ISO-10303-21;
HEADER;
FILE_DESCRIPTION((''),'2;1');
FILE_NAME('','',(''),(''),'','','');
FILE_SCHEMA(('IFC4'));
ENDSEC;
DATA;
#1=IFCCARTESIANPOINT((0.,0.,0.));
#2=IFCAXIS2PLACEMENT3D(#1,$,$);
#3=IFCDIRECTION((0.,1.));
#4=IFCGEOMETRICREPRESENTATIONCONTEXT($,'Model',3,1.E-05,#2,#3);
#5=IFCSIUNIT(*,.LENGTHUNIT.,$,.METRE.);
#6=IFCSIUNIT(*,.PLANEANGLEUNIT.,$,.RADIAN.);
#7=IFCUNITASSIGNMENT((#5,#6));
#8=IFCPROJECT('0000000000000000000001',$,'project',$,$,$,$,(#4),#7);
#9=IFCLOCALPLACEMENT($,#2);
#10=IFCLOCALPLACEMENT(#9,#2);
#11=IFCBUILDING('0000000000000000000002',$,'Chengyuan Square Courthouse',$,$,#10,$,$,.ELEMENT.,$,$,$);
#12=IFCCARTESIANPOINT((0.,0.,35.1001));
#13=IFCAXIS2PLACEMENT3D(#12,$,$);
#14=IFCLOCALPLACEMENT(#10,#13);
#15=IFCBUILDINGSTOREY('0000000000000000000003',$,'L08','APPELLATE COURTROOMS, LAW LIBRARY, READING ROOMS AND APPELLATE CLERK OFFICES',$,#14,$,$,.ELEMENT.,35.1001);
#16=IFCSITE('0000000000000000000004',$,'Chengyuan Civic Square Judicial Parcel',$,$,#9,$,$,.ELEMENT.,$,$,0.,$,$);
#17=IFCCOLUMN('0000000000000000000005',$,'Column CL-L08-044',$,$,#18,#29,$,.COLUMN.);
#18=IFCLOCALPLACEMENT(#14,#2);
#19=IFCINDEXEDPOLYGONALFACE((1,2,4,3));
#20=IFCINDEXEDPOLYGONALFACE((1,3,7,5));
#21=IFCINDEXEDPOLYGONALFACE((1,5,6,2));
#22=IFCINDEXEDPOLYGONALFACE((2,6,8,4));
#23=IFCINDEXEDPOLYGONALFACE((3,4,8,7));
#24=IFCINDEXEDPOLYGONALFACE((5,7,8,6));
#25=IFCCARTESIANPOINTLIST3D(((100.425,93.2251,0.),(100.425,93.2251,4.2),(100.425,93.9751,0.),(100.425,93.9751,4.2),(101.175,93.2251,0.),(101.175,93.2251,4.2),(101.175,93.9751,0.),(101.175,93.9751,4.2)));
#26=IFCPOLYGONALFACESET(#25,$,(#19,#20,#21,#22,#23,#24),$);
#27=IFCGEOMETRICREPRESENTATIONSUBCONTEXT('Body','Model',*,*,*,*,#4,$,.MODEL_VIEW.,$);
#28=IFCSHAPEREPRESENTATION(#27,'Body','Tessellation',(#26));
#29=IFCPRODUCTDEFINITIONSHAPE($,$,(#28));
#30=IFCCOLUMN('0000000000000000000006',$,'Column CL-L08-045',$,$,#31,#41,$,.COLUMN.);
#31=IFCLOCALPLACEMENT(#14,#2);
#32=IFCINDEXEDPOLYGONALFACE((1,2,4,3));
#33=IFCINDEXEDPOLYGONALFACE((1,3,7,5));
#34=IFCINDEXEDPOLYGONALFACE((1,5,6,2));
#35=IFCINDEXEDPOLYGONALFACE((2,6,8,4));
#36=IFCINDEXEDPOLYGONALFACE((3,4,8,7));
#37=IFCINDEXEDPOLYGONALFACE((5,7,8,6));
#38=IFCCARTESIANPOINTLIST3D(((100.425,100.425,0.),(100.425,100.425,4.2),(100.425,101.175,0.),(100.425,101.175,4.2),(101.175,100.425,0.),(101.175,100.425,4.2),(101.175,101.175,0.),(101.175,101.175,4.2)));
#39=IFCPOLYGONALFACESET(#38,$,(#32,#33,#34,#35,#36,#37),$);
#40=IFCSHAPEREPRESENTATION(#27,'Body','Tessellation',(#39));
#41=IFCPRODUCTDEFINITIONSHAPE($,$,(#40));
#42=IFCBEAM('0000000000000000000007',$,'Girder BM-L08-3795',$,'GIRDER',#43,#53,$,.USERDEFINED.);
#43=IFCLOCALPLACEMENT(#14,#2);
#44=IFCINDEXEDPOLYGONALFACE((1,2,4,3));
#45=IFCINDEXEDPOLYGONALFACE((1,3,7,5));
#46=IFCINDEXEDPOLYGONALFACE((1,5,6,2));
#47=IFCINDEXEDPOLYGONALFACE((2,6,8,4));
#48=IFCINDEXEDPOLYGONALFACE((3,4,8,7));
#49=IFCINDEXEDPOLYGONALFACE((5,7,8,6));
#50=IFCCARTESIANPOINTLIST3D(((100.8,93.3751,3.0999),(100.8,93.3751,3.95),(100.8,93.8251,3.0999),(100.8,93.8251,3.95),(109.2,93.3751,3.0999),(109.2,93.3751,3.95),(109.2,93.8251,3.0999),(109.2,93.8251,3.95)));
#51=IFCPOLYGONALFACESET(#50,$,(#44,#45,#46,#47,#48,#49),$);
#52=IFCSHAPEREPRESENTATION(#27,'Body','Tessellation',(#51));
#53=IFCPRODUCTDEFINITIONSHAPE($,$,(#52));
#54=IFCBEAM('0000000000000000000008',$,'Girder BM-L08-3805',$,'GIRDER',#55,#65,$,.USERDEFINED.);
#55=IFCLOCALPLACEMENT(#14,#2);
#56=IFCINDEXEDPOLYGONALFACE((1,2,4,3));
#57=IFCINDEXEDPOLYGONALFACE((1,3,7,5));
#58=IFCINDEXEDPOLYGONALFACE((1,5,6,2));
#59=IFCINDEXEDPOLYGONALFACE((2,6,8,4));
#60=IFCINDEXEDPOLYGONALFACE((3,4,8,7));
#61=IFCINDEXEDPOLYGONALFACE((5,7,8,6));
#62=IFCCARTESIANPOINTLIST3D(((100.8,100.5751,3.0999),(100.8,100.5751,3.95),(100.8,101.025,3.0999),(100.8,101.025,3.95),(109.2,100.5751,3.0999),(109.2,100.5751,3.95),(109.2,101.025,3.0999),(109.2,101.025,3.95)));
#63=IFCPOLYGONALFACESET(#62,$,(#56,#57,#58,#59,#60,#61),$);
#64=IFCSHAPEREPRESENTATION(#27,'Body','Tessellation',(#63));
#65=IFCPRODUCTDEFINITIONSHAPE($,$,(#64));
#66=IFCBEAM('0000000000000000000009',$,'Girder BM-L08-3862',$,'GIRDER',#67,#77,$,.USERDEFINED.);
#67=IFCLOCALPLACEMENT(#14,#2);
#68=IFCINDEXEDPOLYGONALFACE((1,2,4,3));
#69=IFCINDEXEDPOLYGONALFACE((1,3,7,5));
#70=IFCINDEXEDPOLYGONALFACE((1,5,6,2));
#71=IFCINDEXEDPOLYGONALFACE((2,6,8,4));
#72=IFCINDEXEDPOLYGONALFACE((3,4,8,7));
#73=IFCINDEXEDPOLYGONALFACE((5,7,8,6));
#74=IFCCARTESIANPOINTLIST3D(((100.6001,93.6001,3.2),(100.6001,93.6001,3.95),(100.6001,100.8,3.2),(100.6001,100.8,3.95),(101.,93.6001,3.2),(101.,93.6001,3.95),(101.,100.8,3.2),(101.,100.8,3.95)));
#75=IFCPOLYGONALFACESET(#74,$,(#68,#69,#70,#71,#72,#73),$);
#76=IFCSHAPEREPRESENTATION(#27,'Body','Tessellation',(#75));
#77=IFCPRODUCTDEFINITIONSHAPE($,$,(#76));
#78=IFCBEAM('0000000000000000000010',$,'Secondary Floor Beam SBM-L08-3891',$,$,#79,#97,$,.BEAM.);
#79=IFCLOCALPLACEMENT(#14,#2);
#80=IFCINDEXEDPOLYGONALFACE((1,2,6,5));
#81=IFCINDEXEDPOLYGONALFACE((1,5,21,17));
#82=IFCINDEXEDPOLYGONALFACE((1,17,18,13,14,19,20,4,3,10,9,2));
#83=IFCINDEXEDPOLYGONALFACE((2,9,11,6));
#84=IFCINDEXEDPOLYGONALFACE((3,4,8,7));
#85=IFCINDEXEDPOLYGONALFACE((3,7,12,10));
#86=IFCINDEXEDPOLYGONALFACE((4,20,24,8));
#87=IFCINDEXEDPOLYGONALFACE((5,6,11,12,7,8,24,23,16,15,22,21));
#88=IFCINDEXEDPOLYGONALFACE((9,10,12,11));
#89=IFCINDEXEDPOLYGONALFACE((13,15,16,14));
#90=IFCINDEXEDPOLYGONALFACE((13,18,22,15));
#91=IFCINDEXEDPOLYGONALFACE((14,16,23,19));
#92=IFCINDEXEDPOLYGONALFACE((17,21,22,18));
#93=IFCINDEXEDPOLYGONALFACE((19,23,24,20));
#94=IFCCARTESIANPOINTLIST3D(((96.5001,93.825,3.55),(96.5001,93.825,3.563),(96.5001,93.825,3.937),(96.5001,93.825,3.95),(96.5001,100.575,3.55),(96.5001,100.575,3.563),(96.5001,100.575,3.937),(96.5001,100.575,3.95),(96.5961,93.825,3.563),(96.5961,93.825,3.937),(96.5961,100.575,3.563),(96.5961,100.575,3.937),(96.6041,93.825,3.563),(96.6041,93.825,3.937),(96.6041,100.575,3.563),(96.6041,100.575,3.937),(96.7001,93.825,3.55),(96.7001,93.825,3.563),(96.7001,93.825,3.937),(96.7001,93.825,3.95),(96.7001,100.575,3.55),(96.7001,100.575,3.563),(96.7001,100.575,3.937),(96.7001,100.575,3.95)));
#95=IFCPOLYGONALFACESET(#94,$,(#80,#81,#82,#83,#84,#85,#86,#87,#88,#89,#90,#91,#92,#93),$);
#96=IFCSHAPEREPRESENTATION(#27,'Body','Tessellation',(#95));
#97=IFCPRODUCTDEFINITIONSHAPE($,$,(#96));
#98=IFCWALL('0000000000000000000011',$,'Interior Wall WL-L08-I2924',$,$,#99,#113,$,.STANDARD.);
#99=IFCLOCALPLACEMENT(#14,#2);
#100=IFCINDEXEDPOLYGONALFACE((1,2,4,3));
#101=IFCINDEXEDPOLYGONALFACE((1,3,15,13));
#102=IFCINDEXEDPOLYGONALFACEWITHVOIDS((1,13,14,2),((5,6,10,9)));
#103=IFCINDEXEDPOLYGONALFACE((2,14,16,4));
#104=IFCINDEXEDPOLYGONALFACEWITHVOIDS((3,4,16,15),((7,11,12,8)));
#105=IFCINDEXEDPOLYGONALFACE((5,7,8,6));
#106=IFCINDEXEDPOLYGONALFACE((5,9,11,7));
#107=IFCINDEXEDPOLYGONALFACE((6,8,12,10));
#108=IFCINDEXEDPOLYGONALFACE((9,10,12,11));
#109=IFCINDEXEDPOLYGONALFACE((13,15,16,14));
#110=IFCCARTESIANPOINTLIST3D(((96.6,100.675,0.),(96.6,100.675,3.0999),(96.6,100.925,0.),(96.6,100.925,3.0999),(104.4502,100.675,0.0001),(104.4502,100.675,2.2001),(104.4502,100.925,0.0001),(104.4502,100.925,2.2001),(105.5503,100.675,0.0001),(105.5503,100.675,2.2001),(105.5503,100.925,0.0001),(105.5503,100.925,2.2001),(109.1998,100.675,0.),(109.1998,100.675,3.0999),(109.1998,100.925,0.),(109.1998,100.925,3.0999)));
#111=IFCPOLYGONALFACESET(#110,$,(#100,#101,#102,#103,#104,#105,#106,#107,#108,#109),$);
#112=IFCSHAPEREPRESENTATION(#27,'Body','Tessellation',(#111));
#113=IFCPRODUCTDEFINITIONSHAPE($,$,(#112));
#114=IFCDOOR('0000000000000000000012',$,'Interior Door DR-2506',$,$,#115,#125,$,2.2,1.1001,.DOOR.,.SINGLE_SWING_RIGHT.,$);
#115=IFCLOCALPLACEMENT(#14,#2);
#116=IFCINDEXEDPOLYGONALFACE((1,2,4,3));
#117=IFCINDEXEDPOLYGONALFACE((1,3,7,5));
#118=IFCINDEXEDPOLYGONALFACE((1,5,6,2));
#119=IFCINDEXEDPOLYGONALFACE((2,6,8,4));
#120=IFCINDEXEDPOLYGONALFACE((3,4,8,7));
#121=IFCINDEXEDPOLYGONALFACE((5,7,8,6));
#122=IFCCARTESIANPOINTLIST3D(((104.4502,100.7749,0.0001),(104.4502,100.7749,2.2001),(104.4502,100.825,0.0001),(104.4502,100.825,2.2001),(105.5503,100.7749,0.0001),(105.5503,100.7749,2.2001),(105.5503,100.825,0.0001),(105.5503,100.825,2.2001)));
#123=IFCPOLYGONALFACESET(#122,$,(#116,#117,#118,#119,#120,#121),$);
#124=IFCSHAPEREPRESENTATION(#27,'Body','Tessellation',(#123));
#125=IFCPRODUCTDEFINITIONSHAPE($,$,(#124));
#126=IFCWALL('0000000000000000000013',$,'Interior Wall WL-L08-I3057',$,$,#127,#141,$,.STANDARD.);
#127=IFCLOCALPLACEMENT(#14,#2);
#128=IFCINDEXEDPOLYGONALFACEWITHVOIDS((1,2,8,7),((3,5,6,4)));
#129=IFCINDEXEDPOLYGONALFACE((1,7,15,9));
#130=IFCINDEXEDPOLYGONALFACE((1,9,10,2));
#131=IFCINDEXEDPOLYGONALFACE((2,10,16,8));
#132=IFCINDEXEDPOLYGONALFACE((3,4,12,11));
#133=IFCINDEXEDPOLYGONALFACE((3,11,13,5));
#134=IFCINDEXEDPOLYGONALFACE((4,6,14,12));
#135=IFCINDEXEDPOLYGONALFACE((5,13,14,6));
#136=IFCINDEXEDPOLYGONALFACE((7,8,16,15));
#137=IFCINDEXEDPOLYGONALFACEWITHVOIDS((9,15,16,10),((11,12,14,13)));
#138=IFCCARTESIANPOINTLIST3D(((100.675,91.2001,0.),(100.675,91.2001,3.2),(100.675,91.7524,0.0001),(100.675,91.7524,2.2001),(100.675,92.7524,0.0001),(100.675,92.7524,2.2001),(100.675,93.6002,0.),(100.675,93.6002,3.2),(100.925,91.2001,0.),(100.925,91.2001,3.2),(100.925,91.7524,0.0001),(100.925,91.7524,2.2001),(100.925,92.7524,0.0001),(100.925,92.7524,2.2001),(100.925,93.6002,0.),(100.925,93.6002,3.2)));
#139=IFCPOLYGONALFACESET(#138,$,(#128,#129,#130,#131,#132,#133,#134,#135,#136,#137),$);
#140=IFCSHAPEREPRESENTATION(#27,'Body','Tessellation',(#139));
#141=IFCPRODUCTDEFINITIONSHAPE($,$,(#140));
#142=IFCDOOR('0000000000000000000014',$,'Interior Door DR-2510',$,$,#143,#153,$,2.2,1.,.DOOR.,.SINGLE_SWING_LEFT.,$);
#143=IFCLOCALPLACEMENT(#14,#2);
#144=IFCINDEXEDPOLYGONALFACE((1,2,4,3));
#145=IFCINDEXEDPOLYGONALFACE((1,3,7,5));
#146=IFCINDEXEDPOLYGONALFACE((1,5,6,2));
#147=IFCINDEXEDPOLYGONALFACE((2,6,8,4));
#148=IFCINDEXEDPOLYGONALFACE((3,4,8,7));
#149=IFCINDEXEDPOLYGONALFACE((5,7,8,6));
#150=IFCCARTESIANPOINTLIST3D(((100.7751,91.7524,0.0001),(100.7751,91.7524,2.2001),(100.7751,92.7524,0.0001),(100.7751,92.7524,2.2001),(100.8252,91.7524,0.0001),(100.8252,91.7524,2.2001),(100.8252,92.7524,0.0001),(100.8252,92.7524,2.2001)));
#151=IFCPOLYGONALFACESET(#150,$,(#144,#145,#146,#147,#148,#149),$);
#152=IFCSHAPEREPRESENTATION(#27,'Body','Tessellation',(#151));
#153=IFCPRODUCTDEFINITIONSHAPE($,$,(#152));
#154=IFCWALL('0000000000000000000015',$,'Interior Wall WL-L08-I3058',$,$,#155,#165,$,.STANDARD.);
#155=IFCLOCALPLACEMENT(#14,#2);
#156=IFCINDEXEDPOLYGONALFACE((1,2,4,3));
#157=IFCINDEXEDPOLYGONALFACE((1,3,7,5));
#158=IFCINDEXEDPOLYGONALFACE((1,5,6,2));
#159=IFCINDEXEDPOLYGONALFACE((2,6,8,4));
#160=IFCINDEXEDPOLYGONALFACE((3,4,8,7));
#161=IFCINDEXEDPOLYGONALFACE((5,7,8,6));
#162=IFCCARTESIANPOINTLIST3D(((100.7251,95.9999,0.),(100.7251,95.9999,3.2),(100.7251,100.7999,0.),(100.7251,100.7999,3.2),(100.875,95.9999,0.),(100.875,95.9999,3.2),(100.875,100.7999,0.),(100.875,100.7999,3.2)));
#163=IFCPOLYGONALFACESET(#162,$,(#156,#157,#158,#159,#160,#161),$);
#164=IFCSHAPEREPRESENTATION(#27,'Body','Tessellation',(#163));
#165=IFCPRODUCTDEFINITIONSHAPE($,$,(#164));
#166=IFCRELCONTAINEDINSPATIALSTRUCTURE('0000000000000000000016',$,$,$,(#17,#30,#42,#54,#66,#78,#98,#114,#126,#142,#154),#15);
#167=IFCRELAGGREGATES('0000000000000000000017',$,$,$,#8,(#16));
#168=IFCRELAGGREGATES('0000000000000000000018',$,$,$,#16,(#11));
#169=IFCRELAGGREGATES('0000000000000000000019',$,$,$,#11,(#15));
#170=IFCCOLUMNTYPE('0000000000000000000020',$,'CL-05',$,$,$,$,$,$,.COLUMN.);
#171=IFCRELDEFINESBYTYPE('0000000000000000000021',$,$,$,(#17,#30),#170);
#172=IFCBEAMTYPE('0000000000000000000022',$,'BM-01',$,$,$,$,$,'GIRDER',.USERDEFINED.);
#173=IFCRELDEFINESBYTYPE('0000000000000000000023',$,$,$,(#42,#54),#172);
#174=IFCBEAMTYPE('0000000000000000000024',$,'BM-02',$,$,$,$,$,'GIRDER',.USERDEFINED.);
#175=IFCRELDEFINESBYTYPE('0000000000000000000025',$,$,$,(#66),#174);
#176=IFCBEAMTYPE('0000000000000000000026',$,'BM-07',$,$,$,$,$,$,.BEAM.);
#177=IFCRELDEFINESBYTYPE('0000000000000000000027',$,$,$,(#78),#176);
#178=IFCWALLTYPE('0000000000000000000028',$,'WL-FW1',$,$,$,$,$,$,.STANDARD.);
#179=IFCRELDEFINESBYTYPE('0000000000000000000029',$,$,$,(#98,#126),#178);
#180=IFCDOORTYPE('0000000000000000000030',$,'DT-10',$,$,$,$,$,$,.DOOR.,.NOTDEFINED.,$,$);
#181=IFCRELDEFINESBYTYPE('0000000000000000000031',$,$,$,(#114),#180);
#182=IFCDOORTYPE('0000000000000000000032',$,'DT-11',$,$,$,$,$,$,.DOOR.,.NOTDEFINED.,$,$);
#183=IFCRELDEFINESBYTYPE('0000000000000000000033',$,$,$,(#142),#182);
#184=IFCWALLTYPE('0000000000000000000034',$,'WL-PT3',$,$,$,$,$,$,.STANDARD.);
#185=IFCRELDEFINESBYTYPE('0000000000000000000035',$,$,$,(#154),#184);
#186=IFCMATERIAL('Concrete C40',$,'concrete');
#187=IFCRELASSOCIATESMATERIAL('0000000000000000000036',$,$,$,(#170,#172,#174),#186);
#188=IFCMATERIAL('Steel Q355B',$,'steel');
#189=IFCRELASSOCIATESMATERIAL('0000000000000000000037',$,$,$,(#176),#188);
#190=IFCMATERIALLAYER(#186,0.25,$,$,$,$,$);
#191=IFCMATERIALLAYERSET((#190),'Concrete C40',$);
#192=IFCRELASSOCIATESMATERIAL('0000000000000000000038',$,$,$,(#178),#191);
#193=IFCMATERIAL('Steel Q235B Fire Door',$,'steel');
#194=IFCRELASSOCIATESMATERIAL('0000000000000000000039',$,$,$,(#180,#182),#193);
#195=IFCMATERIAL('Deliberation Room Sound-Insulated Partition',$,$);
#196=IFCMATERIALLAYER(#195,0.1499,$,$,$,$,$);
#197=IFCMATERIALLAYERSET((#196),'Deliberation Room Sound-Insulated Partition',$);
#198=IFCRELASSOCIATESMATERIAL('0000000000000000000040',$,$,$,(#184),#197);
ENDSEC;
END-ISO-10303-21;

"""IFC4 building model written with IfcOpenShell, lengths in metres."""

from ifc_helpers import new_model, si_unit, direction, frame, frame_2d, origin, origin_2d, place, context, subcontext, project, spatial, rectangle, i_section, extrude, material, layer, layer_set, material_profile, profile_set, type_object, element, fill, save


model = new_model("IFC4")

# Units and contexts
model_context = context("Model", 3, precision=1e-05, world=origin(), true_north=direction((0.0, 1.0)))
body_context = subcontext(model_context, "Body", "Model", "MODEL_VIEW")
ifc_project = project(units=[si_unit("LENGTHUNIT", "METRE"), si_unit("PLANEANGLEUNIT", "RADIAN")], contexts=[model_context])

# Site, building, storey
site_placement = place(None, origin())
site = spatial("IfcSite", under=ifc_project, at=site_placement, Name="Chengyuan Civic Square Judicial Parcel", CompositionType="ELEMENT", RefElevation=0.0)
building_placement = place(site_placement, origin())
building = spatial("IfcBuilding", under=site, at=building_placement, Name="Chengyuan Square Courthouse", CompositionType="ELEMENT")
storey_placement = place(building_placement, frame((0.0, 0.0, 35.1001)))
storey = spatial("IfcBuildingStorey", under=building, at=storey_placement, Name="L08", Description="APPELLATE COURTROOMS, LAW LIBRARY, READING ROOMS AND APPELLATE CLERK OFFICES", CompositionType="ELEMENT", Elevation=35.1001)

# Columns
ifc_material_1 = material(Name="Concrete C40", Category="concrete")
ifc_material_profile_1 = material_profile(ifc_material_1, rectangle(XDim=0.75, YDim=0.75, at=origin_2d()), Name="RC-COL-750x750")
ifc_profile_set_1 = profile_set([ifc_material_profile_1], Name="Concrete C40")
column_type = type_object("IfcColumnType", Name="CL-05", PredefinedType="COLUMN", material=ifc_profile_set_1)
for number, where, z_axis, x_axis, name in (
    (1, (100.8, 93.6001, 0.0), (0.0, 0.0, 1.0), (1.0, 0.0, 0.0), "Column CL-L08-044"),
    (2, (100.8, 100.8, 0.0), (0.0, 0.0, 1.0), (1.0, 0.0, 0.0), "Column CL-L08-045"),
):
    element("IfcColumn", number, at=place(storey_placement, frame(where, z_axis=z_axis, x_axis=x_axis)), inside=storey, type_object=column_type, Name=name, PredefinedType="COLUMN", context=body_context, shape_type="SweptSolid", body=[
        extrude(rectangle(XDim=0.75, YDim=0.75, at=origin_2d()), origin(), (0.0, 0.0, 1.0), 4.2),
    ])

# Beams
ifc_material_profile_2 = material_profile(ifc_material_1, rectangle(XDim=0.45, YDim=0.8501, at=origin_2d()), Name="RC-BM-450x850")
ifc_profile_set_2 = profile_set([ifc_material_profile_2], Name="Concrete C40")
beam_type_1 = type_object("IfcBeamType", Name="BM-01", ElementType="GIRDER", PredefinedType="USERDEFINED", material=ifc_profile_set_2)
for number, where, z_axis, x_axis, name in (
    (3, (100.8, 93.6001, 3.5249), (1.0, 0.0, 0.0), (0.0, 1.0, 0.0), "Girder BM-L08-3795"),
    (4, (100.8, 100.8, 3.5249), (1.0, 0.0, 0.0), (0.0, 1.0, 0.0), "Girder BM-L08-3805"),
):
    element("IfcBeam", number, at=place(storey_placement, frame(where, z_axis=z_axis, x_axis=x_axis)), inside=storey, type_object=beam_type_1, Name=name, ObjectType="GIRDER", PredefinedType="USERDEFINED", context=body_context, shape_type="SweptSolid", body=[
        extrude(rectangle(XDim=0.45, YDim=0.8501, at=origin_2d()), origin(), (0.0, 0.0, 1.0), 8.3999),
    ])
ifc_material_profile_3 = material_profile(ifc_material_1, rectangle(XDim=0.3999, YDim=0.75, at=origin_2d()), Name="RC-BM-400x750")
ifc_profile_set_3 = profile_set([ifc_material_profile_3], Name="Concrete C40")
beam_type_2 = type_object("IfcBeamType", Name="BM-02", ElementType="GIRDER", PredefinedType="USERDEFINED", material=ifc_profile_set_3)
beam_1_placement = place(storey_placement, frame((100.8, 93.6001, 3.575), z_axis=(0.0, 1.0, 0.0), x_axis=(-1.0, 0.0, 0.0)))
element("IfcBeam", 5, at=beam_1_placement, inside=storey, type_object=beam_type_2, Name="Girder BM-L08-3862", ObjectType="GIRDER", PredefinedType="USERDEFINED", context=body_context, shape_type="SweptSolid", body=[
    extrude(rectangle(XDim=0.3999, YDim=0.75, at=origin_2d()), origin(), (0.0, 0.0, 1.0), 7.2),
])
ifc_material_2 = material(Name="Steel Q355B", Category="steel")
ifc_material_profile_4 = material_profile(ifc_material_2, i_section(OverallWidth=0.2, OverallDepth=0.3999, WebThickness=0.0081, FlangeThickness=0.0129, at=origin_2d()), Name="HN 400x200x8x13")
ifc_profile_set_4 = profile_set([ifc_material_profile_4], Name="Steel Q355B")
beam_type_3 = type_object("IfcBeamType", Name="BM-07", PredefinedType="BEAM", material=ifc_profile_set_4)
beam_2_placement = place(storey_placement, frame((96.6001, 93.825, 3.75), z_axis=(0.0, 1.0, 0.0), x_axis=(-1.0, 0.0, 0.0)))
element("IfcBeam", 6, at=beam_2_placement, inside=storey, type_object=beam_type_3, Name="Secondary Floor Beam SBM-L08-3891", PredefinedType="BEAM", context=body_context, shape_type="SweptSolid", body=[
    extrude(i_section(OverallWidth=0.2, OverallDepth=0.3999, WebThickness=0.0081, FlangeThickness=0.0129, at=origin_2d()), origin(), (0.0, 0.0, 1.0), 6.75),
])

# Walls, openings, doors
ifc_layer_1 = layer(ifc_material_1, 0.25)
ifc_layer_set_1 = layer_set([ifc_layer_1], Name="Concrete C40")
wall_type_1 = type_object("IfcWallType", Name="WL-FW1", PredefinedType="STANDARD", material=ifc_layer_set_1)
wall_1_placement = place(storey_placement, frame((96.6001, 100.8, 0.0), z_axis=(0.0, 0.0, 1.0), x_axis=(1.0, 0.0, 0.0)))
wall_1 = element("IfcWall", 7, at=wall_1_placement, inside=storey, type_object=wall_type_1, Name="Interior Wall WL-L08-I2924", PredefinedType="STANDARD", context=body_context, shape_type="SweptSolid", body=[
    extrude(rectangle(XDim=12.5999, YDim=0.25, at=frame_2d((6.2998, 0.0))), origin(), (0.0, 0.0, 1.0), 3.0999),
])
opening_1_placement = place(wall_1_placement, frame((7.8501, 0.0, 0.0)))
opening_1 = element("IfcOpeningElement", 8, at=opening_1_placement, cuts=wall_1, PredefinedType="OPENING", context=body_context, shape_type="SweptSolid", body=[
    extrude(rectangle(XDim=1.1001, YDim=2.2, at=frame_2d((0.55, 1.1001))), frame((0.0, 0.137, 0.0), z_axis=(0.0, -1.0, 0.0), x_axis=(1.0, 0.0, 0.0)), (0.0, 0.0, 1.0), 0.2739),
])
ifc_material_3 = material(Name="Steel Q235B Fire Door", Category="steel")
door_type_1 = type_object("IfcDoorType", Name="DT-10", OperationType="NOTDEFINED", PredefinedType="DOOR", material=ifc_material_3)
door_1_placement = place(opening_1_placement, origin())
door_1 = element("IfcDoor", 9, at=door_1_placement, inside=storey, type_object=door_type_1, Name="Interior Door DR-2506", OperationType="SINGLE_SWING_RIGHT", OverallHeight=2.2, OverallWidth=1.1001, PredefinedType="DOOR", context=body_context, shape_type="SweptSolid", body=[
    extrude(rectangle(XDim=1.1001, YDim=2.2, at=frame_2d((0.55, 1.1001))), frame((0.0, 0.0249, 0.0), z_axis=(0.0, -1.0, 0.0), x_axis=(1.0, 0.0, 0.0)), (0.0, 0.0, 1.0), 0.05),
])
fill(opening_1, door_1)
wall_2_placement = place(storey_placement, frame((100.8, 91.2, 0.0), z_axis=(0.0, 0.0, 1.0), x_axis=(0.0, 1.0, 0.0)))
wall_2 = element("IfcWall", 10, at=wall_2_placement, inside=storey, type_object=wall_type_1, Name="Interior Wall WL-L08-I3057", PredefinedType="STANDARD", context=body_context, shape_type="SweptSolid", body=[
    extrude(rectangle(XDim=2.4001, YDim=0.25, at=frame_2d((1.2002, 0.0))), origin(), (0.0, 0.0, 1.0), 3.2),
])
opening_2_placement = place(wall_2_placement, frame((0.5525, 0.0, 0.0)))
opening_2 = element("IfcOpeningElement", 11, at=opening_2_placement, cuts=wall_2, PredefinedType="OPENING", context=body_context, shape_type="SweptSolid", body=[
    extrude(rectangle(XDim=1.0, YDim=2.2, at=frame_2d((0.5, 1.1001))), frame((0.0, 0.137, 0.0), z_axis=(0.0, -1.0, 0.0), x_axis=(1.0, 0.0, 0.0)), (0.0, 0.0, 1.0), 0.2739),
])
door_type_2 = type_object("IfcDoorType", Name="DT-11", OperationType="NOTDEFINED", PredefinedType="DOOR", material=ifc_material_3)
door_2_placement = place(opening_2_placement, origin())
door_2 = element("IfcDoor", 12, at=door_2_placement, inside=storey, type_object=door_type_2, Name="Interior Door DR-2510", OperationType="SINGLE_SWING_LEFT", OverallHeight=2.2, OverallWidth=1.0, PredefinedType="DOOR", context=body_context, shape_type="SweptSolid", body=[
    extrude(rectangle(XDim=1.0, YDim=2.2, at=frame_2d((0.5, 1.1001))), frame((0.0, 0.0249, 0.0), z_axis=(0.0, -1.0, 0.0), x_axis=(1.0, 0.0, 0.0)), (0.0, 0.0, 1.0), 0.05),
])
fill(opening_2, door_2)

# Wall
ifc_material_4 = material(Name="Deliberation Room Sound-Insulated Partition")
ifc_layer_2 = layer(ifc_material_4, 0.1499)
ifc_layer_set_2 = layer_set([ifc_layer_2], Name="Deliberation Room Sound-Insulated Partition")
wall_type_2 = type_object("IfcWallType", Name="WL-PT3", PredefinedType="STANDARD", material=ifc_layer_set_2)
wall_3_placement = place(storey_placement, frame((100.8, 96.0, 0.0), z_axis=(0.0, 0.0, 1.0), x_axis=(0.0, 1.0, 0.0)))
element("IfcWall", 13, at=wall_3_placement, inside=storey, type_object=wall_type_2, Name="Interior Wall WL-L08-I3058", PredefinedType="STANDARD", context=body_context, shape_type="SweptSolid", body=[
    extrude(rectangle(XDim=4.8, YDim=0.1499, at=frame_2d((2.3999, 0.0))), origin(), (0.0, 0.0, 1.0), 3.2),
])

save(model, "model.ifc")
